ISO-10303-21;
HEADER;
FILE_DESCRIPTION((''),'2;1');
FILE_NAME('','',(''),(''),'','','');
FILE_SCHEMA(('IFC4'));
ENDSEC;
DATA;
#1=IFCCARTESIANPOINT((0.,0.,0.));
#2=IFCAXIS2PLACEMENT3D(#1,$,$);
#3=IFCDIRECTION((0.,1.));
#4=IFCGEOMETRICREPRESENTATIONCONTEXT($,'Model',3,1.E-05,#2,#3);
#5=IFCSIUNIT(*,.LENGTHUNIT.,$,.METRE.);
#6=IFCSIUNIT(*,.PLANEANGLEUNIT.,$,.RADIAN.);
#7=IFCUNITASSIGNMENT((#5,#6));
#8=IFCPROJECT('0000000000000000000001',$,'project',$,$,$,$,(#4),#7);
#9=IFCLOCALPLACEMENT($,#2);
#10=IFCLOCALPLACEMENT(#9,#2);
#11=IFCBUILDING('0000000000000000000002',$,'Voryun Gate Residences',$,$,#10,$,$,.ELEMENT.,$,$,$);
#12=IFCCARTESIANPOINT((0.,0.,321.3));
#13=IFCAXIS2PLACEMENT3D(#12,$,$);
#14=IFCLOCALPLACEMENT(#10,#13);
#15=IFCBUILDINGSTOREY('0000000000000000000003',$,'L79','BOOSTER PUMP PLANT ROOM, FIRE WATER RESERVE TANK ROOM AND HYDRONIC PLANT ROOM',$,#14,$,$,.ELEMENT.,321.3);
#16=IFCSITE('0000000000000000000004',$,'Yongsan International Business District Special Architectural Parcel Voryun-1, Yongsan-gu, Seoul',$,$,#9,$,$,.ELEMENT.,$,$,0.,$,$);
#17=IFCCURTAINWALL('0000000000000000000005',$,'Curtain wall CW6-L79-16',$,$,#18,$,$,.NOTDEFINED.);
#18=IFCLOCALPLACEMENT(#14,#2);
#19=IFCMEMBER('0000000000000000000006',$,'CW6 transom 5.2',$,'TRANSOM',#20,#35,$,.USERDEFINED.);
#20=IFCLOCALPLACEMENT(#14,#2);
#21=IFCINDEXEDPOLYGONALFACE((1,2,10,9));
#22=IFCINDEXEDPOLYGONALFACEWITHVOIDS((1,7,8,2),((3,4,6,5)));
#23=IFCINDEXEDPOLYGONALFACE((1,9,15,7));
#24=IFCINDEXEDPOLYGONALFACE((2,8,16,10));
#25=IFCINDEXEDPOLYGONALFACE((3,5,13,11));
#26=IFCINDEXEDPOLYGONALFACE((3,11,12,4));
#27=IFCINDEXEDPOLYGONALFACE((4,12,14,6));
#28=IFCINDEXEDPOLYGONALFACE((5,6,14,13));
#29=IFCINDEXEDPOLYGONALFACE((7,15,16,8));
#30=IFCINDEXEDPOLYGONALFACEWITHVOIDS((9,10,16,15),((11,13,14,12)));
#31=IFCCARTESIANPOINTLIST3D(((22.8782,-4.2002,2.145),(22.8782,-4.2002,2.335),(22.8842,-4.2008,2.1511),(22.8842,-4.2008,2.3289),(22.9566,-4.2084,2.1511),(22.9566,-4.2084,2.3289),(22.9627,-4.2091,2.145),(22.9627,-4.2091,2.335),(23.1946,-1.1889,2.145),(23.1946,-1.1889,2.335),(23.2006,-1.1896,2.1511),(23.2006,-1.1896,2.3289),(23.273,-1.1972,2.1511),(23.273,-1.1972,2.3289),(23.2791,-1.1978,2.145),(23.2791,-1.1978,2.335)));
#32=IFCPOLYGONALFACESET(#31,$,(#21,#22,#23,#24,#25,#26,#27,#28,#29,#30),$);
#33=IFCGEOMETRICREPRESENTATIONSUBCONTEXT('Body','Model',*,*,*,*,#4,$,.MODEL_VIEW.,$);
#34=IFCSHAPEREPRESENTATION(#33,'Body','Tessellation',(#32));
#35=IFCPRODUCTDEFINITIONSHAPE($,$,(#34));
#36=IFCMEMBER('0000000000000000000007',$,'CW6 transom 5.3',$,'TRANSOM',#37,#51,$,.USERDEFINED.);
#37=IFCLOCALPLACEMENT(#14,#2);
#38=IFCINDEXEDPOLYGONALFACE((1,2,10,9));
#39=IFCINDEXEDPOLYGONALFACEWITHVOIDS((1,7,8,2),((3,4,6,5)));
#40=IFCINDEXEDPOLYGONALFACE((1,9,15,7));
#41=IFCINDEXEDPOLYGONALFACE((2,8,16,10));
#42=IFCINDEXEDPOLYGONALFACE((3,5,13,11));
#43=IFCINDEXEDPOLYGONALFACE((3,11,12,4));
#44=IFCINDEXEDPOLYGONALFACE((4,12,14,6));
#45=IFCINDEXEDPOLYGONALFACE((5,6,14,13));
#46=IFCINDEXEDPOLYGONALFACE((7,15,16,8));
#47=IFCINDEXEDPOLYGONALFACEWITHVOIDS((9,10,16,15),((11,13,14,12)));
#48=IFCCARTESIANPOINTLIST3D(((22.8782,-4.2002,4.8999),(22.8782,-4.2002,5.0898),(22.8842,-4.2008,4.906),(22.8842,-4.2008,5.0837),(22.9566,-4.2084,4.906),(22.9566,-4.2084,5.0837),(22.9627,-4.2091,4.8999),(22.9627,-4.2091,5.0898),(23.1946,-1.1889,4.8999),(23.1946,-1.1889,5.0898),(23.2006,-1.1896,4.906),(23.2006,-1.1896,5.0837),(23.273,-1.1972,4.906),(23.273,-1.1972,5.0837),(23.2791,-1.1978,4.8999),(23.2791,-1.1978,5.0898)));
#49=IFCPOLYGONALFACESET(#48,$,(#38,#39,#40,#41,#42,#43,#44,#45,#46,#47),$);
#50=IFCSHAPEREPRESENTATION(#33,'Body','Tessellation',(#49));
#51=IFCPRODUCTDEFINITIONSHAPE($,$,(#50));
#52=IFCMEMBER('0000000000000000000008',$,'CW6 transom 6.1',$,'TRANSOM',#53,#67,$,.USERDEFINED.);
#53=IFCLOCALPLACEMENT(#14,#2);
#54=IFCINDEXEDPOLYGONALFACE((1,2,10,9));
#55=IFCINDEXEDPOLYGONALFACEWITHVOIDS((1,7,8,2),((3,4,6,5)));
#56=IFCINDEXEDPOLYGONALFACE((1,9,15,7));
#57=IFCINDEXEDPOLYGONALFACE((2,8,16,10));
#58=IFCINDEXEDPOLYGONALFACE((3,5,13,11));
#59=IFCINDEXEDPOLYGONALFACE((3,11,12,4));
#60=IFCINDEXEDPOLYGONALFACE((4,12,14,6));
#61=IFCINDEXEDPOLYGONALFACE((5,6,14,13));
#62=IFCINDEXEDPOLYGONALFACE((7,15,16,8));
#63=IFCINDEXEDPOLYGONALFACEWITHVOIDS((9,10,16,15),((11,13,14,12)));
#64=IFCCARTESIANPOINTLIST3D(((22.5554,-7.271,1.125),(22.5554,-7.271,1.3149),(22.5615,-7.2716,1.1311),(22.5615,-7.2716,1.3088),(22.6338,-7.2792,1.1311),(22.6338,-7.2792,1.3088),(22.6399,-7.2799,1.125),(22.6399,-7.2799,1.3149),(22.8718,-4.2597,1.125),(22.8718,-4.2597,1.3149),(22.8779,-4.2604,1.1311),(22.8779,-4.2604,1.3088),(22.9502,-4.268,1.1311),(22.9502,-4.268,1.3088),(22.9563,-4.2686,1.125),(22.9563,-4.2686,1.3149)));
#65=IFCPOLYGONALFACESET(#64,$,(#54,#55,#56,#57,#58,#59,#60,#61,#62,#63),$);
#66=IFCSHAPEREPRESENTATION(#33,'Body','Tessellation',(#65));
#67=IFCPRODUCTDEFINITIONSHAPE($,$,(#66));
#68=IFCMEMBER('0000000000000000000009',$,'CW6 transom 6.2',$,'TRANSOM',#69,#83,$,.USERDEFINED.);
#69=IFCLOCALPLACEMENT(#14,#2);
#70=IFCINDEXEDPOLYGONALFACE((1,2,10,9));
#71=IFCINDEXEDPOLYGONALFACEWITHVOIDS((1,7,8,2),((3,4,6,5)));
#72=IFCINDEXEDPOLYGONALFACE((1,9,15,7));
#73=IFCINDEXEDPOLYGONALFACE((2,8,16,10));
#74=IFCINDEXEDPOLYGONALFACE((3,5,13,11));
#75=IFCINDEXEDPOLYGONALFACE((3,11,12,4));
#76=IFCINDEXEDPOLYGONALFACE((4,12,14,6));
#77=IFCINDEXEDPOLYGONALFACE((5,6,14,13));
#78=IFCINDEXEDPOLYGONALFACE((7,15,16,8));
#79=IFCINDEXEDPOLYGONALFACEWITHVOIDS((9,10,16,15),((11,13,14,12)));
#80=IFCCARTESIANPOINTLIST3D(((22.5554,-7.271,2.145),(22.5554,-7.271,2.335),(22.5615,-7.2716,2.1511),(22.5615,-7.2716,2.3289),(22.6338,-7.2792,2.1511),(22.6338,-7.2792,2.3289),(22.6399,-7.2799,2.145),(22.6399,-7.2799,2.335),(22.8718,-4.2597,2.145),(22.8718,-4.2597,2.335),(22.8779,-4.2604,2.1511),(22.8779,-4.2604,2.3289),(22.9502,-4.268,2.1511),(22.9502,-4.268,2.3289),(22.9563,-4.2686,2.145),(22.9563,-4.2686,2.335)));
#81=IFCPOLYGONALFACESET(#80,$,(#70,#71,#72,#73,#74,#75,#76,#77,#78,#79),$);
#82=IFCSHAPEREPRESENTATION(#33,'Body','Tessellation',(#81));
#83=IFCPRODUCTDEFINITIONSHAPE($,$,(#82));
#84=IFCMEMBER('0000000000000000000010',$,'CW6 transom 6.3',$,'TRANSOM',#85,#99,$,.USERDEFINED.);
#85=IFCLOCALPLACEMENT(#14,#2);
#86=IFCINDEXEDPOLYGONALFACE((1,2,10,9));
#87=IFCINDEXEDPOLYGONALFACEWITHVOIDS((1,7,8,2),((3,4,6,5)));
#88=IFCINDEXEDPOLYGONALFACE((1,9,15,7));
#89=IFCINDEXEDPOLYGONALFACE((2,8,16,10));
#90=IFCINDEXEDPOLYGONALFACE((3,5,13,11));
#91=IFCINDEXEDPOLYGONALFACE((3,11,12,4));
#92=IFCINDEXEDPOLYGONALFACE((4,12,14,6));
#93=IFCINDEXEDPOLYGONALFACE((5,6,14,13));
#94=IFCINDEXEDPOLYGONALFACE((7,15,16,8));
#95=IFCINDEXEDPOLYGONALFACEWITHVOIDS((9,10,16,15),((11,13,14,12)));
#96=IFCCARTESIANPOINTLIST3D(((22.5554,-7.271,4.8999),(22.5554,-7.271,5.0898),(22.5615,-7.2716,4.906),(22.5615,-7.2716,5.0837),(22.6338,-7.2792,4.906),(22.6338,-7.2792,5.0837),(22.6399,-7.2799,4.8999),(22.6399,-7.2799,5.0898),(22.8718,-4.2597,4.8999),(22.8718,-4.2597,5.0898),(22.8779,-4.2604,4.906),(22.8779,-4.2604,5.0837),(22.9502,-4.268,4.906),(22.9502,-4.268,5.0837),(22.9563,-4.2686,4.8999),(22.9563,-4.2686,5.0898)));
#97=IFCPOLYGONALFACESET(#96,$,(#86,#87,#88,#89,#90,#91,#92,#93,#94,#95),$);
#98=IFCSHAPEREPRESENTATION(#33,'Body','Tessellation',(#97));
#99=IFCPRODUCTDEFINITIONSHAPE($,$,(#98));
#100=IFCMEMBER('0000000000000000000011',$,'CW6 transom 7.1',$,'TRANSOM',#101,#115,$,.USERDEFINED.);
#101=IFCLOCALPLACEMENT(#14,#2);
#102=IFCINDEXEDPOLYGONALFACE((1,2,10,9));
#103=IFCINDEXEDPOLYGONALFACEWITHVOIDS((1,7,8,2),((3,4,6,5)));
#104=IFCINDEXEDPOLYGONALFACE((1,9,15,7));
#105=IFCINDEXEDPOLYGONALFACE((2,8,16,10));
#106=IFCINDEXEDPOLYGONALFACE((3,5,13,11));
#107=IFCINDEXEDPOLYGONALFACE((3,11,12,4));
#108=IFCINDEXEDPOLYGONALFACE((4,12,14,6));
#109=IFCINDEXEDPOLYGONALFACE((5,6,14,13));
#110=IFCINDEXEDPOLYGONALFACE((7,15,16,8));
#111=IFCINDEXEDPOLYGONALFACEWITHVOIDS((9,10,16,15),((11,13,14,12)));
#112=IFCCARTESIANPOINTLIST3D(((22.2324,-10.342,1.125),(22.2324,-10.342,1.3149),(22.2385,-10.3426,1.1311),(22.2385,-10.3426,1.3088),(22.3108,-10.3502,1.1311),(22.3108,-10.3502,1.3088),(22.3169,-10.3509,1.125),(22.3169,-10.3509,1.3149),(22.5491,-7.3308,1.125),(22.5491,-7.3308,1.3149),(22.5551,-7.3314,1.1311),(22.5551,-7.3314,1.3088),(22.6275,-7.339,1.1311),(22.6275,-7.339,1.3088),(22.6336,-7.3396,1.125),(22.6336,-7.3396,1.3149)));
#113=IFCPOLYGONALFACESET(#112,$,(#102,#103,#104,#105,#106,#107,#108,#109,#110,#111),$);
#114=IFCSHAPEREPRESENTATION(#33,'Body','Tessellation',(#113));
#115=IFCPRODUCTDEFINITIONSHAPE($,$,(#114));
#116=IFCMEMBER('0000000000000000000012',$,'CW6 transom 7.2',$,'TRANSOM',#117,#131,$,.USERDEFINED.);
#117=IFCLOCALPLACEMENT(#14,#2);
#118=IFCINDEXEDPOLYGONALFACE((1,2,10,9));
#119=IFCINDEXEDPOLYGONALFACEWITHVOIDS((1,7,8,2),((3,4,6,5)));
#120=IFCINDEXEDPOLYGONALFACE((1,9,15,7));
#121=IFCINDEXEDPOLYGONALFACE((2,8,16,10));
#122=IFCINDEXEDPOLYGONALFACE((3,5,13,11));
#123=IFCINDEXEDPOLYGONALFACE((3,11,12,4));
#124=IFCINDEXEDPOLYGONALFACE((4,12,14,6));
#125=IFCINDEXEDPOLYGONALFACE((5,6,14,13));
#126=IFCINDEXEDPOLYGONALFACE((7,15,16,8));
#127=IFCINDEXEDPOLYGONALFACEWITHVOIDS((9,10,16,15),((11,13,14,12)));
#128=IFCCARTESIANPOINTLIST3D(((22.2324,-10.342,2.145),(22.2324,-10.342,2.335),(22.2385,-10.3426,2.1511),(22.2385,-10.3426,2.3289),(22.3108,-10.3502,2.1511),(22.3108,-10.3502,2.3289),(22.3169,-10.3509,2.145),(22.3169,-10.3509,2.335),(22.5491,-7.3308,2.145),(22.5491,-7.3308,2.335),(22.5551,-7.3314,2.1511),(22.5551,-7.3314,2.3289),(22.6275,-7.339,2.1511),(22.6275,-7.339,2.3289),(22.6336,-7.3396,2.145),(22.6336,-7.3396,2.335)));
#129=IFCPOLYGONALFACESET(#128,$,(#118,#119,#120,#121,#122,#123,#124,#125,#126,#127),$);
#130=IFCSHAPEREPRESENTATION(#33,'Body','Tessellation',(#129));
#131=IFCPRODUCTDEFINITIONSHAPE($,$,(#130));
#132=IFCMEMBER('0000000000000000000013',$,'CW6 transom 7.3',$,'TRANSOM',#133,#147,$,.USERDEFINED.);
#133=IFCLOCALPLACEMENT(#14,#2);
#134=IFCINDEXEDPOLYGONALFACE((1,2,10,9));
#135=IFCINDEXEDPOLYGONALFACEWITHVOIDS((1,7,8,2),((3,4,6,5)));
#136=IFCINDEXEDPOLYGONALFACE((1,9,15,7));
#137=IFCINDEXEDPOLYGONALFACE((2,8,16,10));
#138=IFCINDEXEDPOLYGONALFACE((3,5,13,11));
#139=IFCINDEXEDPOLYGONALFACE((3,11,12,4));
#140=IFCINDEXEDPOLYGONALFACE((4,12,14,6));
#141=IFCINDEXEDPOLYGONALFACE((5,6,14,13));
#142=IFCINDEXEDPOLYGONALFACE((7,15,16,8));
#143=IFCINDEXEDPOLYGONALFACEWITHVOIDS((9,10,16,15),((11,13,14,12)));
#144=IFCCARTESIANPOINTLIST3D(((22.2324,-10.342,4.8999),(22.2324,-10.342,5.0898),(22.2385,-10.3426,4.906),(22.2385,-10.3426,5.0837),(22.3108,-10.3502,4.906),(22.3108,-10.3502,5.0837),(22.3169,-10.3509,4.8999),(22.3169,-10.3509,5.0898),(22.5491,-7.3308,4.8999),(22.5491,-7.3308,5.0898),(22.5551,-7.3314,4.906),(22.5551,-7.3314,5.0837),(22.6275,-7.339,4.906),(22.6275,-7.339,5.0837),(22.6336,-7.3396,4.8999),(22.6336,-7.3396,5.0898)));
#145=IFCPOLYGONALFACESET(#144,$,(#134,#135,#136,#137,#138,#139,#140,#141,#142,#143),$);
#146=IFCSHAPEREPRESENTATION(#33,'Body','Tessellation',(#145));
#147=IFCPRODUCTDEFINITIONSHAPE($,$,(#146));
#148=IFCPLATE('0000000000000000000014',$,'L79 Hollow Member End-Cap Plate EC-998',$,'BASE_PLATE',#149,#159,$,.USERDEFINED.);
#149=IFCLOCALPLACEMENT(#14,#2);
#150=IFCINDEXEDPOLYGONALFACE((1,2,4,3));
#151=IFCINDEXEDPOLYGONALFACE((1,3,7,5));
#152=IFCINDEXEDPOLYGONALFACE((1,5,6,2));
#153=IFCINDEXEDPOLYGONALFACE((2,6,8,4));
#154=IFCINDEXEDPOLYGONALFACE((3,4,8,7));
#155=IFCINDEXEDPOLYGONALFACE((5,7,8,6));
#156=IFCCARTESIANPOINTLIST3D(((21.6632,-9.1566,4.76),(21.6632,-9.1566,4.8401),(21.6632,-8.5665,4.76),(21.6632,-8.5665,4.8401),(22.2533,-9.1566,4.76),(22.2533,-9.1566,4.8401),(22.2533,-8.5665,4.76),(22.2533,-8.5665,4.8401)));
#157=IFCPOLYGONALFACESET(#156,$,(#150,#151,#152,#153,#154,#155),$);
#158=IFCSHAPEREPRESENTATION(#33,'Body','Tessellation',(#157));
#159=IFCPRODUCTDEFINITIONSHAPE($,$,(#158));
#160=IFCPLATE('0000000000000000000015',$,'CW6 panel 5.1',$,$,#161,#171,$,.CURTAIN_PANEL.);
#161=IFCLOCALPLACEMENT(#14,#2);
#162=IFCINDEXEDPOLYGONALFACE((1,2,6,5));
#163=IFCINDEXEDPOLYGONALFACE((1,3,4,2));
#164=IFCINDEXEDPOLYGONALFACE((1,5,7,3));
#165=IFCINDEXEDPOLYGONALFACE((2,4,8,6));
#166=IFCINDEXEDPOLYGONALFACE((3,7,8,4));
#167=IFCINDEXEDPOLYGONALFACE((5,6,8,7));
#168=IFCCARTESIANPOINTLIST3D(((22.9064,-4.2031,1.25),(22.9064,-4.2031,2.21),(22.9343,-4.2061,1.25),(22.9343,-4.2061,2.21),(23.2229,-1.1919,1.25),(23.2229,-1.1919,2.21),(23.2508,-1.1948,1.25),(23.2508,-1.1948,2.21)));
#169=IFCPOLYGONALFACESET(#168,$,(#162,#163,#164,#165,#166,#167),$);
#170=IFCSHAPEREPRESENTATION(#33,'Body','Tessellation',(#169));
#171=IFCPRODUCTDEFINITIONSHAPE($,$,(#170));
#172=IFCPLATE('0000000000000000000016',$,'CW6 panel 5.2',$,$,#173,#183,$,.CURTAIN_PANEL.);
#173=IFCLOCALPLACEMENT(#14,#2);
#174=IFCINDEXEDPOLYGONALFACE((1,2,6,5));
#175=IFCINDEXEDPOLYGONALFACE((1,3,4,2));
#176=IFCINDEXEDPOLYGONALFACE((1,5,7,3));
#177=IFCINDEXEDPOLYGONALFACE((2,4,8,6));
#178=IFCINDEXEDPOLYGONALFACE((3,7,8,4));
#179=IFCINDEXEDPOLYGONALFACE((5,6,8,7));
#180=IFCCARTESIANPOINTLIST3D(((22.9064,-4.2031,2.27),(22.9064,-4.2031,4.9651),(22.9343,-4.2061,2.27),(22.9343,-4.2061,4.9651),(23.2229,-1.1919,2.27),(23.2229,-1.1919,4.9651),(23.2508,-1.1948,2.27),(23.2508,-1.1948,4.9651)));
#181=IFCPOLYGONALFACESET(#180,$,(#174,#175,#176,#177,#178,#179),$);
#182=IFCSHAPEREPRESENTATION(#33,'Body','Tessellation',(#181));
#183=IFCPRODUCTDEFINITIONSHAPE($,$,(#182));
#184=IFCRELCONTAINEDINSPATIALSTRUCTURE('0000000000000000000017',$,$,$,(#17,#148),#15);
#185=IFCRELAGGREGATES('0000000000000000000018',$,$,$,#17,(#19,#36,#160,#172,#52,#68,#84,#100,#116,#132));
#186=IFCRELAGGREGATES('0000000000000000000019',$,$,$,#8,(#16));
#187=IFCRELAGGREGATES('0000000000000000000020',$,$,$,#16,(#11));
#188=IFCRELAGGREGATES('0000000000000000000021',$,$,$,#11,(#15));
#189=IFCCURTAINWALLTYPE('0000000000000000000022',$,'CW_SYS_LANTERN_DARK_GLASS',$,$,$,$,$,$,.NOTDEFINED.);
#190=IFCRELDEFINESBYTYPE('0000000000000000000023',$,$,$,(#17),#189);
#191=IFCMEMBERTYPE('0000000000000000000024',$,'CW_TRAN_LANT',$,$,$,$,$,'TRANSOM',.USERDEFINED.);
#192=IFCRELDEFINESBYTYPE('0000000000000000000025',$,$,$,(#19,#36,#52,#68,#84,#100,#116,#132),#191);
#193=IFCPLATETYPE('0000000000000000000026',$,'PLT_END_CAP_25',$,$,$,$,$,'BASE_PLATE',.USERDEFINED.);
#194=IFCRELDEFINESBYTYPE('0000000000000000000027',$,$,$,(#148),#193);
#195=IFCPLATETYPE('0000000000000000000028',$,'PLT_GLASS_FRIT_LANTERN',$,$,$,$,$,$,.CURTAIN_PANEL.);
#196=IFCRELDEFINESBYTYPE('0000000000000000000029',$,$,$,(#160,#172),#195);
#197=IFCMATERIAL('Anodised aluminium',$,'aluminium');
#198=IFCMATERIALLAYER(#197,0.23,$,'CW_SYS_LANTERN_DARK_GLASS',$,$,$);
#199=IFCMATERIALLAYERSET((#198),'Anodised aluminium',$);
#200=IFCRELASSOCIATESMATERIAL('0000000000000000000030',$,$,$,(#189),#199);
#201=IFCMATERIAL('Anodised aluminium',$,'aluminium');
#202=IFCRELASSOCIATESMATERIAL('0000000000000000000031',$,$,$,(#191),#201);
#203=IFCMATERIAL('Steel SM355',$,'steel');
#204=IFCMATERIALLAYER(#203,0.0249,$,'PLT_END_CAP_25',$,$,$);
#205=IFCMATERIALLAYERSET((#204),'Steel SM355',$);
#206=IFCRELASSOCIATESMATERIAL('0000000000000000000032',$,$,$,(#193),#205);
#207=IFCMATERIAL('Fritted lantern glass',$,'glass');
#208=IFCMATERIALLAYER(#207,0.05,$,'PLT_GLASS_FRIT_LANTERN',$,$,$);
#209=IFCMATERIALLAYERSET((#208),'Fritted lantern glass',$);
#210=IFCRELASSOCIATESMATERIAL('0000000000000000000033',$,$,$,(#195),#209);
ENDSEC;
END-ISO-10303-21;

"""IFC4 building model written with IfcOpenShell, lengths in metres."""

from ifc_helpers import new_model, si_unit, direction, frame, origin, origin_2d, place, context, subcontext, project, spatial, rectangle, hollow_rectangle, extrude, material, layer, layer_set, material_profile, profile_set, type_object, element, aggregate, save


model = new_model("IFC4")

# Units and contexts
model_context = context("Model", 3, precision=1e-05, world=origin(), true_north=direction((0.0, 1.0)))
body_context = subcontext(model_context, "Body", "Model", "MODEL_VIEW")
ifc_project = project(units=[si_unit("LENGTHUNIT", "METRE"), si_unit("PLANEANGLEUNIT", "RADIAN")], contexts=[model_context])

# Site, building, storey
site_placement = place(None, origin())
site = spatial("IfcSite", under=ifc_project, at=site_placement, Name="Yongsan International Business District Special Architectural Parcel Voryun-1, Yongsan-gu, Seoul", CompositionType="ELEMENT", RefElevation=0.0)
building_placement = place(site_placement, origin())
building = spatial("IfcBuilding", under=site, at=building_placement, Name="Voryun Gate Residences", CompositionType="ELEMENT")
storey_placement = place(building_placement, frame((0.0, 0.0, 321.3)))
storey = spatial("IfcBuildingStorey", under=building, at=storey_placement, Name="L79", Description="BOOSTER PUMP PLANT ROOM, FIRE WATER RESERVE TANK ROOM AND HYDRONIC PLANT ROOM", CompositionType="ELEMENT", Elevation=321.3)

# Curtain wall, members
ifc_material_1 = material(Name="Anodised aluminium", Category="aluminium")
ifc_layer_1 = layer(ifc_material_1, 0.23, Name="CW_SYS_LANTERN_DARK_GLASS")
ifc_layer_set_1 = layer_set([ifc_layer_1], Name="Anodised aluminium")
curtain_wall_type = type_object("IfcCurtainWallType", Name="CW_SYS_LANTERN_DARK_GLASS", PredefinedType="NOTDEFINED", material=ifc_layer_set_1)
curtain_wall_placement = place(storey_placement, origin())
curtain_wall = element("IfcCurtainWall", 1, at=curtain_wall_placement, inside=storey, type_object=curtain_wall_type, Name="Curtain wall CW6-L79-16", PredefinedType="NOTDEFINED")
ifc_material_2 = material(Name="Anodised aluminium", Category="aluminium")
ifc_material_profile_1 = material_profile(ifc_material_2, hollow_rectangle(XDim=0.085, YDim=0.1899, WallThickness=0.0061, at=origin_2d()), Name="ALU-TRAN-190x85x6")
ifc_profile_set_1 = profile_set([ifc_material_profile_1], Name="Anodised aluminium")
member_type_1 = type_object("IfcMemberType", Name="CW_TRAN_LANT", ElementType="TRANSOM", PredefinedType="USERDEFINED", material=ifc_profile_set_1)
member_1_placement = place(storey_placement, frame((23.2368, -1.1934, 2.24), z_axis=(-0.1045, -0.994525, 0.0), x_axis=(0.994525, -0.1045, 0.0)))
member_1 = element("IfcMember", 2, at=member_1_placement, type_object=member_type_1, Name="CW6 transom 5.2", ObjectType="TRANSOM", PredefinedType="USERDEFINED", context=body_context, shape_type="SweptSolid", body=[
    extrude(hollow_rectangle(XDim=0.085, YDim=0.1899, WallThickness=0.0061, at=origin_2d()), origin(), (0.0, 0.0, 1.0), 3.0278),
])
member_2_placement = place(storey_placement, frame((23.2368, -1.1934, 4.9949), z_axis=(-0.1045, -0.994525, 0.0), x_axis=(0.994525, -0.1045, 0.0)))
member_2 = element("IfcMember", 3, at=member_2_placement, type_object=member_type_1, Name="CW6 transom 5.3", ObjectType="TRANSOM", PredefinedType="USERDEFINED", context=body_context, shape_type="SweptSolid", body=[
    extrude(hollow_rectangle(XDim=0.085, YDim=0.1899, WallThickness=0.0061, at=origin_2d()), origin(), (0.0, 0.0, 1.0), 3.0278),
])
member_3_placement = place(storey_placement, frame((22.9141, -4.2642, 1.22), z_axis=(-0.1045, -0.994525, 0.0), x_axis=(0.994525, -0.1045, 0.0)))
member_3 = element("IfcMember", 4, at=member_3_placement, type_object=member_type_1, Name="CW6 transom 6.1", ObjectType="TRANSOM", PredefinedType="USERDEFINED", context=body_context, shape_type="SweptSolid", body=[
    extrude(hollow_rectangle(XDim=0.085, YDim=0.1899, WallThickness=0.0061, at=origin_2d()), origin(), (0.0, 0.0, 1.0), 3.0278),
])
member_4_placement = place(storey_placement, frame((22.9141, -4.2642, 2.24), z_axis=(-0.1045, -0.994525, 0.0), x_axis=(0.994525, -0.1045, 0.0)))
member_4 = element("IfcMember", 5, at=member_4_placement, type_object=member_type_1, Name="CW6 transom 6.2", ObjectType="TRANSOM", PredefinedType="USERDEFINED", context=body_context, shape_type="SweptSolid", body=[
    extrude(hollow_rectangle(XDim=0.085, YDim=0.1899, WallThickness=0.0061, at=origin_2d()), origin(), (0.0, 0.0, 1.0), 3.0278),
])
member_5_placement = place(storey_placement, frame((22.9141, -4.2642, 4.9949), z_axis=(-0.1045, -0.994525, 0.0), x_axis=(0.994525, -0.1045, 0.0)))
member_5 = element("IfcMember", 6, at=member_5_placement, type_object=member_type_1, Name="CW6 transom 6.3", ObjectType="TRANSOM", PredefinedType="USERDEFINED", context=body_context, shape_type="SweptSolid", body=[
    extrude(hollow_rectangle(XDim=0.085, YDim=0.1899, WallThickness=0.0061, at=origin_2d()), origin(), (0.0, 0.0, 1.0), 3.0278),
])
member_6_placement = place(storey_placement, frame((22.5913, -7.3352, 1.22), z_axis=(-0.10458, -0.994516, 0.0), x_axis=(0.994516, -0.10458, 0.0)))
member_6 = element("IfcMember", 7, at=member_6_placement, type_object=member_type_1, Name="CW6 transom 7.1", ObjectType="TRANSOM", PredefinedType="USERDEFINED", context=body_context, shape_type="SweptSolid", body=[
    extrude(hollow_rectangle(XDim=0.085, YDim=0.1899, WallThickness=0.0061, at=origin_2d()), origin(), (0.0, 0.0, 1.0), 3.0278),
])
member_7_placement = place(storey_placement, frame((22.5913, -7.3352, 2.24), z_axis=(-0.10458, -0.994516, 0.0), x_axis=(0.994516, -0.10458, 0.0)))
member_7 = element("IfcMember", 8, at=member_7_placement, type_object=member_type_1, Name="CW6 transom 7.2", ObjectType="TRANSOM", PredefinedType="USERDEFINED", context=body_context, shape_type="SweptSolid", body=[
    extrude(hollow_rectangle(XDim=0.085, YDim=0.1899, WallThickness=0.0061, at=origin_2d()), origin(), (0.0, 0.0, 1.0), 3.0278),
])
member_8_placement = place(storey_placement, frame((22.5913, -7.3352, 4.9949), z_axis=(-0.10458, -0.994516, 0.0), x_axis=(0.994516, -0.10458, 0.0)))
member_8 = element("IfcMember", 9, at=member_8_placement, type_object=member_type_1, Name="CW6 transom 7.3", ObjectType="TRANSOM", PredefinedType="USERDEFINED", context=body_context, shape_type="SweptSolid", body=[
    extrude(hollow_rectangle(XDim=0.085, YDim=0.1899, WallThickness=0.0061, at=origin_2d()), origin(), (0.0, 0.0, 1.0), 3.0278),
])

# Plates
ifc_material_3 = material(Name="Steel SM355", Category="steel")
ifc_layer_2 = layer(ifc_material_3, 0.0249, Name="PLT_END_CAP_25")
ifc_layer_set_2 = layer_set([ifc_layer_2], Name="Steel SM355")
plate_type_1 = type_object("IfcPlateType", Name="PLT_END_CAP_25", ElementType="BASE_PLATE", PredefinedType="USERDEFINED", material=ifc_layer_set_2)
plate_1_placement = place(storey_placement, frame((21.9583, -8.8616, 4.76), z_axis=(0.0, 0.0, 1.0), x_axis=(1.0, 0.0, 0.0)))
element("IfcPlate", 10, at=plate_1_placement, inside=storey, type_object=plate_type_1, Name="L79 Hollow Member End-Cap Plate EC-998", ObjectType="BASE_PLATE", PredefinedType="USERDEFINED", context=body_context, shape_type="SweptSolid", body=[
    extrude(rectangle(XDim=0.5901, YDim=0.5901, at=origin_2d()), origin(), (0.0, 0.0, 1.0), 0.0801),
])
ifc_material_4 = material(Name="Fritted lantern glass", Category="glass")
ifc_layer_3 = layer(ifc_material_4, 0.05, Name="PLT_GLASS_FRIT_LANTERN")
ifc_layer_set_3 = layer_set([ifc_layer_3], Name="Fritted lantern glass")
plate_type_2 = type_object("IfcPlateType", Name="PLT_GLASS_FRIT_LANTERN", PredefinedType="CURTAIN_PANEL", material=ifc_layer_set_3)
plate_2_placement = place(storey_placement, frame((23.0786, -2.699, 1.25), z_axis=(0.0, 0.0, 1.0), x_axis=(-0.104528, -0.994522, 0.0)))
plate_2 = element("IfcPlate", 11, at=plate_2_placement, type_object=plate_type_2, Name="CW6 panel 5.1", PredefinedType="CURTAIN_PANEL", context=body_context, shape_type="SweptSolid", body=[
    extrude(rectangle(XDim=3.0278, YDim=0.0281, at=origin_2d()), origin(), (0.0, 0.0, 1.0), 0.96),
])
plate_3_placement = place(storey_placement, frame((23.0786, -2.699, 2.27), z_axis=(0.0, 0.0, 1.0), x_axis=(-0.104528, -0.994522, 0.0)))
plate_3 = element("IfcPlate", 12, at=plate_3_placement, type_object=plate_type_2, Name="CW6 panel 5.2", PredefinedType="CURTAIN_PANEL", context=body_context, shape_type="SweptSolid", body=[
    extrude(rectangle(XDim=3.0278, YDim=0.0281, at=origin_2d()), origin(), (0.0, 0.0, 1.0), 2.6951),
])
aggregate(curtain_wall, [member_1, member_2, plate_2, plate_3, member_3, member_4, member_5, member_6, member_7, member_8])

save(model, "model.ifc")
